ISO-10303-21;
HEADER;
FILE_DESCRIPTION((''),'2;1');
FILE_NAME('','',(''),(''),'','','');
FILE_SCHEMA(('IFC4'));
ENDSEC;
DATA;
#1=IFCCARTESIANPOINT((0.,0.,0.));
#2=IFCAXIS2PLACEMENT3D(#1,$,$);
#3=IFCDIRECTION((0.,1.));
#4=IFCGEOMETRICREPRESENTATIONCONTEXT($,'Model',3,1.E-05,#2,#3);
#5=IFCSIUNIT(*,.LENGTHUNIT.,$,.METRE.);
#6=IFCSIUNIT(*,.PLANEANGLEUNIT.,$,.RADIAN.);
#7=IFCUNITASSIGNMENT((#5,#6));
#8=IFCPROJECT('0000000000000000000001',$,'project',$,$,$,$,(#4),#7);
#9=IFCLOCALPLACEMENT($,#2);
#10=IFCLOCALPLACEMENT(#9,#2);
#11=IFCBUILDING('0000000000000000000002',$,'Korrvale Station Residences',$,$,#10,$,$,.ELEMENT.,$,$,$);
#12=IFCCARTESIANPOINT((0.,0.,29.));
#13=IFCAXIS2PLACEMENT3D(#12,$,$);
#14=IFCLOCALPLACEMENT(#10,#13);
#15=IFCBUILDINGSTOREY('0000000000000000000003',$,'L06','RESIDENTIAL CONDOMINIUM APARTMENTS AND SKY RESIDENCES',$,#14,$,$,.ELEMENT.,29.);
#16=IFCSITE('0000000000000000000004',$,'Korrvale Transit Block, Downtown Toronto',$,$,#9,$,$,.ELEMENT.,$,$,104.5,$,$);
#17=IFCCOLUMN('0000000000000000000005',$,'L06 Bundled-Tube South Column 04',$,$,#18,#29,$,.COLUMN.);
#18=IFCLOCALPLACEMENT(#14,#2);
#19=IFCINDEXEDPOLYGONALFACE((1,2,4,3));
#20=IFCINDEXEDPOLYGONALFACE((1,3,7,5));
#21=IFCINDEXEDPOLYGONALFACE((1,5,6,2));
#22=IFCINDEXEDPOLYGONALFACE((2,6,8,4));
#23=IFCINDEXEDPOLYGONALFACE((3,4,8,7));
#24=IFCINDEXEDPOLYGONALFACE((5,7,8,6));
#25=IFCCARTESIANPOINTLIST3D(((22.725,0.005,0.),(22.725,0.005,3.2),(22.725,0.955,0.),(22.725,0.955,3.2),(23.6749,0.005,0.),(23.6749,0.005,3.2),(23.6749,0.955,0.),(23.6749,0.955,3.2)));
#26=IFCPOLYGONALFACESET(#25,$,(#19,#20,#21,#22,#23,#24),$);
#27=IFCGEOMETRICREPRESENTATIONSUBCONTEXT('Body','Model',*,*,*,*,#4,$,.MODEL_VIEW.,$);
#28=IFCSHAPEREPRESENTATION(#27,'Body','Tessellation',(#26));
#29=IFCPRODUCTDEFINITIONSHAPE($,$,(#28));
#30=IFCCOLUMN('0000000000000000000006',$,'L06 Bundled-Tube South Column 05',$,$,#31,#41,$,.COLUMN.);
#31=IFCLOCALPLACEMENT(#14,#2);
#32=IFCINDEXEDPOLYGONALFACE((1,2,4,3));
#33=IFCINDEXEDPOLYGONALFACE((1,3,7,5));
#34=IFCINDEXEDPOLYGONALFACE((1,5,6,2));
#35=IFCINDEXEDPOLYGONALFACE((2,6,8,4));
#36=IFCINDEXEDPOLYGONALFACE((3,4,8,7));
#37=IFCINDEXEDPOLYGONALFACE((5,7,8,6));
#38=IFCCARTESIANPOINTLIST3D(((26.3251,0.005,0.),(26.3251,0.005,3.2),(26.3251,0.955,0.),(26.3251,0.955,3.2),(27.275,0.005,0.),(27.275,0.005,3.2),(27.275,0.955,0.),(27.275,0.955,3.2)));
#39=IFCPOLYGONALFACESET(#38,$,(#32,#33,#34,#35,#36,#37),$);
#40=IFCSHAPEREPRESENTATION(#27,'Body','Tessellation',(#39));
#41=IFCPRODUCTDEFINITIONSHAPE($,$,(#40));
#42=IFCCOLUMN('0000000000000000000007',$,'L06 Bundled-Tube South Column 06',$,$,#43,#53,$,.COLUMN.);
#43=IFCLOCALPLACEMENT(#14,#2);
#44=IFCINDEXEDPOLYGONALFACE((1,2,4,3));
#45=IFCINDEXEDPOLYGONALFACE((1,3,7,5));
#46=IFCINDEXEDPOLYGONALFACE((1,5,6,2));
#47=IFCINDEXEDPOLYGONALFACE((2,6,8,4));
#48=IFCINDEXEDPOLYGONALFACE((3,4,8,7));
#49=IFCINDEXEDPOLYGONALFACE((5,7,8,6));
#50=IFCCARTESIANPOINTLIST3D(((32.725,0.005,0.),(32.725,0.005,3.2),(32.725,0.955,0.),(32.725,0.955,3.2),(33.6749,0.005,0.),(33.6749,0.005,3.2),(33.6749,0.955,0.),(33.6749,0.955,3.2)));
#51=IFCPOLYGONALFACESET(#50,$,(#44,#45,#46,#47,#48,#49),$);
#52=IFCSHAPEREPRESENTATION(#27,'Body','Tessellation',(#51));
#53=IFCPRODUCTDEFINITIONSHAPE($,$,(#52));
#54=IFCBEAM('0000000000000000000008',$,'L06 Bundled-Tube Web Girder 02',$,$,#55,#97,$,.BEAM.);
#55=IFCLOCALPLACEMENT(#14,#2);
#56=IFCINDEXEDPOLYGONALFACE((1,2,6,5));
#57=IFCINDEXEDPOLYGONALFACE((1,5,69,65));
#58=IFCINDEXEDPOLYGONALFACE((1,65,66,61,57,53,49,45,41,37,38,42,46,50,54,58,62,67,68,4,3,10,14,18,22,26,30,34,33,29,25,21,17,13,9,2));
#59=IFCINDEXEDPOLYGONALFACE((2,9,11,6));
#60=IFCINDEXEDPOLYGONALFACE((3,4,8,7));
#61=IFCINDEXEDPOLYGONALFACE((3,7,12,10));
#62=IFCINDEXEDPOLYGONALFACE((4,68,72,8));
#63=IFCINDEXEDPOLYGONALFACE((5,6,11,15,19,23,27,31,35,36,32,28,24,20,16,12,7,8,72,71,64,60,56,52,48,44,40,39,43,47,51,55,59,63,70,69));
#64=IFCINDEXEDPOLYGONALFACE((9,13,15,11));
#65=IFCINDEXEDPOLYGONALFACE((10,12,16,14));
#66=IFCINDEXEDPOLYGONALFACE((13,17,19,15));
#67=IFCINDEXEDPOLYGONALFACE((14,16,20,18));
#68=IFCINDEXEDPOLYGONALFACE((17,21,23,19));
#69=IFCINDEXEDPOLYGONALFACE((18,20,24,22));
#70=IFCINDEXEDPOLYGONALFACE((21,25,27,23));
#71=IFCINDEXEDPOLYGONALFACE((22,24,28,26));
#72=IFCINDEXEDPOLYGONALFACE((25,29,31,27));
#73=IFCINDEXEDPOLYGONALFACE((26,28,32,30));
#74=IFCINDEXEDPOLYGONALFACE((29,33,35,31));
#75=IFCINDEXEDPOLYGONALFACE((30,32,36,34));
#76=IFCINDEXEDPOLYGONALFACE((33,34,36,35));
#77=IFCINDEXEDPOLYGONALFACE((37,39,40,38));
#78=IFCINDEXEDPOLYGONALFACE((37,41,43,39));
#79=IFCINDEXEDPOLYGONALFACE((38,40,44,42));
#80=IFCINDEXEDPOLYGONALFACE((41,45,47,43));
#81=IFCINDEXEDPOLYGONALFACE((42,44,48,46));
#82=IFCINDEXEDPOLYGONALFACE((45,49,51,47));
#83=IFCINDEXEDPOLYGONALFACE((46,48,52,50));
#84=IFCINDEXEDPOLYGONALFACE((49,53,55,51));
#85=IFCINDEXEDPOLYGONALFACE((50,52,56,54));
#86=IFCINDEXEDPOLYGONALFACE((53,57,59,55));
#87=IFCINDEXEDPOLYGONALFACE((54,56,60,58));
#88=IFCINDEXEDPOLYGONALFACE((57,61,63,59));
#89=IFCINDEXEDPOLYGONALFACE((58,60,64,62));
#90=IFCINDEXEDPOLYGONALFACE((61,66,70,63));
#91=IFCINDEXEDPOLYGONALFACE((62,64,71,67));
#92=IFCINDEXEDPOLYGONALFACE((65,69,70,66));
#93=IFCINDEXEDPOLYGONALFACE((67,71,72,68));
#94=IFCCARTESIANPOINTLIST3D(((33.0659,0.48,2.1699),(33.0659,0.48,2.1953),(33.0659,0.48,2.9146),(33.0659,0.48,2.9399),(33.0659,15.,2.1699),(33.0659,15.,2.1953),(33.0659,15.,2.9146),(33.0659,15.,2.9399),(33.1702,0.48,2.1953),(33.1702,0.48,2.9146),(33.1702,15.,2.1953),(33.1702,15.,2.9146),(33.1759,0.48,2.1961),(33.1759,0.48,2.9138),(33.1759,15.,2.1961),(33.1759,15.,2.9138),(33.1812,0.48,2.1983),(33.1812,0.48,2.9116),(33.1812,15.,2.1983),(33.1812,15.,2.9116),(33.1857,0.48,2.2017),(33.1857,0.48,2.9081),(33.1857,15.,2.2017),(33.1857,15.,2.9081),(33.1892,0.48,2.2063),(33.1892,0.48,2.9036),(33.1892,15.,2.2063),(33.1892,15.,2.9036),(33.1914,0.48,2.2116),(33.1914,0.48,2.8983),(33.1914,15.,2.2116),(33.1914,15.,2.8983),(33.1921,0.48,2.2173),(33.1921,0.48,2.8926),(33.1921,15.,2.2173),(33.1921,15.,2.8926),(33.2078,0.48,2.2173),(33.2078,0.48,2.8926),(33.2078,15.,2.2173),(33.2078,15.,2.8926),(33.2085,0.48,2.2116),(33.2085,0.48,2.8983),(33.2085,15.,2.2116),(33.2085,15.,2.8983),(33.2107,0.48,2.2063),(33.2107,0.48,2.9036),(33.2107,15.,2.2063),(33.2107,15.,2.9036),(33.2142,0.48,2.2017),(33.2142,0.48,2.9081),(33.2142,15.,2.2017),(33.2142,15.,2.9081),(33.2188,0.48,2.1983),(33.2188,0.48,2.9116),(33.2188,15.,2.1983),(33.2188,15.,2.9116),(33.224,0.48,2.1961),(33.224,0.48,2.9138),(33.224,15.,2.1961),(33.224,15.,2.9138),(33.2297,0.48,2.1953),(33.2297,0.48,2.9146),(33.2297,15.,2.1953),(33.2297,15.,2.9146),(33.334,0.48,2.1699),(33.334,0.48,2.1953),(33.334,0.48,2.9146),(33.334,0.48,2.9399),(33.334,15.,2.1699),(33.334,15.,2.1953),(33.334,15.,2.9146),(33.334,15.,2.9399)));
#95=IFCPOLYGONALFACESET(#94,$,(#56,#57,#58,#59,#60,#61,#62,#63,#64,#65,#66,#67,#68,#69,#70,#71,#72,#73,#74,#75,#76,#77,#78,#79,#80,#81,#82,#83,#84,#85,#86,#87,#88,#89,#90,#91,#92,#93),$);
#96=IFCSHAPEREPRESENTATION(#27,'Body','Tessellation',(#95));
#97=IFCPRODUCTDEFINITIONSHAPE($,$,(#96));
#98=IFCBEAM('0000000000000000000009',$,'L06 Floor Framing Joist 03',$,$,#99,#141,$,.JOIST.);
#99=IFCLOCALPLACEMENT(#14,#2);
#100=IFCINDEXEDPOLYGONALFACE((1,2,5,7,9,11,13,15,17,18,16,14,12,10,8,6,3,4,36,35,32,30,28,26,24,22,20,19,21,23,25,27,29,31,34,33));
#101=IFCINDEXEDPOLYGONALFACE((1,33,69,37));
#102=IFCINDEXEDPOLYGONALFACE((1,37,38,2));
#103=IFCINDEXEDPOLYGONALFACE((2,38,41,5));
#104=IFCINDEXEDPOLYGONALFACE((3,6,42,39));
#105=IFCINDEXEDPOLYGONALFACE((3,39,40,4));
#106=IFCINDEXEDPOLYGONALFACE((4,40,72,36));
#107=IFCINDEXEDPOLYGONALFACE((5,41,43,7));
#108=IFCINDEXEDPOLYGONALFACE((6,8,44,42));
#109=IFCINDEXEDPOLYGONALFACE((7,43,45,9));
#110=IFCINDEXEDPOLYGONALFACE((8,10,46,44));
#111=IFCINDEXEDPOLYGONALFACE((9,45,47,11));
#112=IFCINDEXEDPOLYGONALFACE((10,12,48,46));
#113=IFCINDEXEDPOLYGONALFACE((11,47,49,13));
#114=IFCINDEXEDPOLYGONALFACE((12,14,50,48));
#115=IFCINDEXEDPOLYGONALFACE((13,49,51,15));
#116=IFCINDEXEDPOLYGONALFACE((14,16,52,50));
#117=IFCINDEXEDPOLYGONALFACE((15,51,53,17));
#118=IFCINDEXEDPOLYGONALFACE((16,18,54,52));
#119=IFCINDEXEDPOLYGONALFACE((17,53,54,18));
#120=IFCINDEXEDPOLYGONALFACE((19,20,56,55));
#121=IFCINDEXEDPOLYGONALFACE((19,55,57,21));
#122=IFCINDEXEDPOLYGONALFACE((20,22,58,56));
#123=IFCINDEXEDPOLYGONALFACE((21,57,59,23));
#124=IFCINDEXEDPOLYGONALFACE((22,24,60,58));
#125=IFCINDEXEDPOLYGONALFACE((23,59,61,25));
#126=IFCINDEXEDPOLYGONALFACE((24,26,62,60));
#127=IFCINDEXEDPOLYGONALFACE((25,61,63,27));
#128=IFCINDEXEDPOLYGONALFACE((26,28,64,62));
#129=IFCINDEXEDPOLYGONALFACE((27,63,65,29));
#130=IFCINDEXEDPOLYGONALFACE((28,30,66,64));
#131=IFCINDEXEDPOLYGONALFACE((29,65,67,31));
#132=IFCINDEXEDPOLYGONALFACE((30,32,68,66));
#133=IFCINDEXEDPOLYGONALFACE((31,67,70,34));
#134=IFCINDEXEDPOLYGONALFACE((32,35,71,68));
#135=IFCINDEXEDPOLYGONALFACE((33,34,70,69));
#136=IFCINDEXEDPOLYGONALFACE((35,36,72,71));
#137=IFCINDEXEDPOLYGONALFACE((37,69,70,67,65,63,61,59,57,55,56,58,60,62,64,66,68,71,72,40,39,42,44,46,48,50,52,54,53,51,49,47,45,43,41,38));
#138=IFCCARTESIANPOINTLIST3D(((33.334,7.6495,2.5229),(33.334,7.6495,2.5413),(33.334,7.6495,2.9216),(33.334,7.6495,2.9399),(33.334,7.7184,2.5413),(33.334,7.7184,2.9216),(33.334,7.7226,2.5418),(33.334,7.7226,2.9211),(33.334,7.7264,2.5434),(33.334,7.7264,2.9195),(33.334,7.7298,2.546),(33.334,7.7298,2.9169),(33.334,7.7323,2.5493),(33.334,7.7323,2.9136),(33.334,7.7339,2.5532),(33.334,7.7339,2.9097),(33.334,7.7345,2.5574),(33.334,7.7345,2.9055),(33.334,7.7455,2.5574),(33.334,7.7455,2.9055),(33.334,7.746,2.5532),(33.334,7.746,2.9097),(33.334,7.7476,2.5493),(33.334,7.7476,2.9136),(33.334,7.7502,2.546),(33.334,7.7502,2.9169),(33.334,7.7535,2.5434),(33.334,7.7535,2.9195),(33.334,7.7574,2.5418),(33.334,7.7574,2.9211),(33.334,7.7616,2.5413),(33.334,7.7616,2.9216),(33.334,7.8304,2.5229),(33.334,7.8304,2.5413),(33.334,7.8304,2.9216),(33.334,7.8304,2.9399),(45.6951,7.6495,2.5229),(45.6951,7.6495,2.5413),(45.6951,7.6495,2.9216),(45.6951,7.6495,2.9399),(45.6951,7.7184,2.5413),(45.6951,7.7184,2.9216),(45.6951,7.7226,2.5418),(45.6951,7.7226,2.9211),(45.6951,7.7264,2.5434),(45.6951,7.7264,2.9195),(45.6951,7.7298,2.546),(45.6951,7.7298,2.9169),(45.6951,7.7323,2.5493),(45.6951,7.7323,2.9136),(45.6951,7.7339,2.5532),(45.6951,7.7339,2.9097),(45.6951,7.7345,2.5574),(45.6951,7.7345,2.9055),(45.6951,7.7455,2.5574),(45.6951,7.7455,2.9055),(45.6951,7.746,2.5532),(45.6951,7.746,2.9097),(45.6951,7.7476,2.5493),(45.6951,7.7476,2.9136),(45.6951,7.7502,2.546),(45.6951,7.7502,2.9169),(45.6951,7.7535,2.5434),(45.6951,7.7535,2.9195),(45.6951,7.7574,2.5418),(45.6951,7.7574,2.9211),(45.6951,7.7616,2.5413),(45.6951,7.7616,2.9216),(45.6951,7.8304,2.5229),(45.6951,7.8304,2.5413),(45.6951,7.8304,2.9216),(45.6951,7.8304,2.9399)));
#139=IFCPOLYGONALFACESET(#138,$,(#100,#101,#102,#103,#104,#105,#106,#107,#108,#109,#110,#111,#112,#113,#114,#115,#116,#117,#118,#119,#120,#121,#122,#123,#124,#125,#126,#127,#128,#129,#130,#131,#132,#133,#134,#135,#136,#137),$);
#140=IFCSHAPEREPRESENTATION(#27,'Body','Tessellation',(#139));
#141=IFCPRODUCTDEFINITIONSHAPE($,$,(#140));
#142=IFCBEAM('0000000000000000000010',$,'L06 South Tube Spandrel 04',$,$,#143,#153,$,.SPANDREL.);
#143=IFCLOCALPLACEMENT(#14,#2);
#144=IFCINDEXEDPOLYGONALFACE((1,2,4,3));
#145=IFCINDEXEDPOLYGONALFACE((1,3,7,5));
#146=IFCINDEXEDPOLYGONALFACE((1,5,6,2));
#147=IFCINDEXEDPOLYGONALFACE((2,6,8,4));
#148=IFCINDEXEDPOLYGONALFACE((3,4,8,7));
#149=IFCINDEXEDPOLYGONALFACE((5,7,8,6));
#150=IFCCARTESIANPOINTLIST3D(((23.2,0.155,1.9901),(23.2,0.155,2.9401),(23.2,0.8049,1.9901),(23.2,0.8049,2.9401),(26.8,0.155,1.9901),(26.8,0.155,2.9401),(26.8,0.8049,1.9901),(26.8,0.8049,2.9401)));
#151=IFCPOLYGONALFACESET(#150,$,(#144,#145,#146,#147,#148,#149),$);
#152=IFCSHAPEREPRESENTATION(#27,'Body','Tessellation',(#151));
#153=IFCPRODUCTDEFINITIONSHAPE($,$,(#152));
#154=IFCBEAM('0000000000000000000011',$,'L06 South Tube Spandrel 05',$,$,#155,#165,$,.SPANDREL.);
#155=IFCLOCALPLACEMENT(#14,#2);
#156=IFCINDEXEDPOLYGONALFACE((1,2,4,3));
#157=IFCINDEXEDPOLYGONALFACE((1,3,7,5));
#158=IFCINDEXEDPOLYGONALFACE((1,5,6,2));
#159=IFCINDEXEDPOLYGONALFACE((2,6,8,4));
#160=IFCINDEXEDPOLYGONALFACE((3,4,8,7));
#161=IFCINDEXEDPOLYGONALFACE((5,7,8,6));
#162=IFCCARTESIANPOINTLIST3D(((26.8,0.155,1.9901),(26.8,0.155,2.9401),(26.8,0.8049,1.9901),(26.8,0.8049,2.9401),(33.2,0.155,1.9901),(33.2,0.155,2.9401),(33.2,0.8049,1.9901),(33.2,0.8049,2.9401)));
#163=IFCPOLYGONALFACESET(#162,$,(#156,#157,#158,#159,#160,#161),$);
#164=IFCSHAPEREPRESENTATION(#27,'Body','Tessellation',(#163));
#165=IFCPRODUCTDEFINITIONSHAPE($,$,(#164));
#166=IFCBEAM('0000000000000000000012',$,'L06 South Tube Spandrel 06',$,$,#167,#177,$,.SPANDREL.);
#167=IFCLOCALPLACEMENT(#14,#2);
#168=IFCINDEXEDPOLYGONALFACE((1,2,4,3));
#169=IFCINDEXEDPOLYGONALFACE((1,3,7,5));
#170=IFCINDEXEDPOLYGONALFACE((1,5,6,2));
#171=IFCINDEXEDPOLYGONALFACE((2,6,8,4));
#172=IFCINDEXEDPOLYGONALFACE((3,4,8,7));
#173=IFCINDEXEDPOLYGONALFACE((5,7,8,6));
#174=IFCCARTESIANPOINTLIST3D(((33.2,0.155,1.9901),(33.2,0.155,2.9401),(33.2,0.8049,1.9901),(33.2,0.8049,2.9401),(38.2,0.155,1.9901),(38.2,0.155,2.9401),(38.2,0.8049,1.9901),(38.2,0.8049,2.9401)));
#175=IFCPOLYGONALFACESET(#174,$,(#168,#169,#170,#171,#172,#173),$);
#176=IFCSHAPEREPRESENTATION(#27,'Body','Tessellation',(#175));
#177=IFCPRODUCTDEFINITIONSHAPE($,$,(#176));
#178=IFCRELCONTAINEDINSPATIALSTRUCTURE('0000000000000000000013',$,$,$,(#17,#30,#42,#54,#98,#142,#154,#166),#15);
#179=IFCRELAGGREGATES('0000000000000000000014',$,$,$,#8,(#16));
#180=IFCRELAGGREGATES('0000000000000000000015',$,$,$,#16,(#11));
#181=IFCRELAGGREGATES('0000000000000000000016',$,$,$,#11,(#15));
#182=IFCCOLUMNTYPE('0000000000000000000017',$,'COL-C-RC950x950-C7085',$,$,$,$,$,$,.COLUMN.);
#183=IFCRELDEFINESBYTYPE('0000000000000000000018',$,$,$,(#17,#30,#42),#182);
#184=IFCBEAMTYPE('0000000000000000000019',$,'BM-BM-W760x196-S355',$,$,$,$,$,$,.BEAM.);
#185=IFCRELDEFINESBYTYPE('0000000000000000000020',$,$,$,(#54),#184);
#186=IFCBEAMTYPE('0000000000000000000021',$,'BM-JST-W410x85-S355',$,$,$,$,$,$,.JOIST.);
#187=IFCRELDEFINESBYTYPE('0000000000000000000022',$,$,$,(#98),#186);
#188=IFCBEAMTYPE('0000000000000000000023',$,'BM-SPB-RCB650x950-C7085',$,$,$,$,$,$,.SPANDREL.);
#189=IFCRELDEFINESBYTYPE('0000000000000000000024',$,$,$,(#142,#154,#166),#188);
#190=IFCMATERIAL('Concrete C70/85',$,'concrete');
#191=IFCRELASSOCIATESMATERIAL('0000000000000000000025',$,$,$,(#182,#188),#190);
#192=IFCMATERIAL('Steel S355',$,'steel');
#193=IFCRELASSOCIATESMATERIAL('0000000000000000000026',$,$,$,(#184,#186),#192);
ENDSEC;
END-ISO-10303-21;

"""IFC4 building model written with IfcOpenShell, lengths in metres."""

from ifc_helpers import new_model, si_unit, direction, frame, origin, origin_2d, place, context, subcontext, project, spatial, rectangle, i_section, extrude, material, material_profile, profile_set, type_object, element, save


model = new_model("IFC4")

# Units and contexts
model_context = context("Model", 3, precision=1e-05, world=origin(), true_north=direction((0.0, 1.0)))
body_context = subcontext(model_context, "Body", "Model", "MODEL_VIEW")
ifc_project = project(units=[si_unit("LENGTHUNIT", "METRE"), si_unit("PLANEANGLEUNIT", "RADIAN")], contexts=[model_context])

# Site, building, storey
site_placement = place(None, origin())
site = spatial("IfcSite", under=ifc_project, at=site_placement, Name="Korrvale Transit Block, Downtown Toronto", CompositionType="ELEMENT", RefElevation=104.5)
building_placement = place(site_placement, origin())
building = spatial("IfcBuilding", under=site, at=building_placement, Name="Korrvale Station Residences", CompositionType="ELEMENT")
storey_placement = place(building_placement, frame((0.0, 0.0, 29.0)))
storey = spatial("IfcBuildingStorey", under=building, at=storey_placement, Name="L06", Description="RESIDENTIAL CONDOMINIUM APARTMENTS AND SKY RESIDENCES", CompositionType="ELEMENT", Elevation=29.0)

# Columns
ifc_material_1 = material(Name="Concrete C70/85", Category="concrete")
ifc_material_profile_1 = material_profile(ifc_material_1, rectangle(XDim=0.95, YDim=0.95, at=origin_2d()), Name="RC950x950")
ifc_profile_set_1 = profile_set([ifc_material_profile_1], Name="Concrete C70/85")
column_type = type_object("IfcColumnType", Name="COL-C-RC950x950-C7085", PredefinedType="COLUMN", material=ifc_profile_set_1)
for number, where, z_axis, x_axis, name in (
    (1, (23.2, 0.48, 0.0), (0.0, 0.0, 1.0), (1.0, 0.0, 0.0), "L06 Bundled-Tube South Column 04"),
    (2, (26.8, 0.48, 0.0), (0.0, 0.0, 1.0), (1.0, 0.0, 0.0), "L06 Bundled-Tube South Column 05"),
    (3, (33.2, 0.48, 0.0), (0.0, 0.0, 1.0), (1.0, 0.0, 0.0), "L06 Bundled-Tube South Column 06"),
):
    element("IfcColumn", number, at=place(storey_placement, frame(where, z_axis=z_axis, x_axis=x_axis)), inside=storey, type_object=column_type, Name=name, PredefinedType="COLUMN", context=body_context, shape_type="SweptSolid", body=[
        extrude(rectangle(XDim=0.95, YDim=0.95, at=origin_2d()), origin(), (0.0, 0.0, 1.0), 3.2),
    ])

# Beams
ifc_material_2 = material(Name="Steel S355", Category="steel")
ifc_material_profile_2 = material_profile(ifc_material_2, i_section(OverallWidth=0.2681, OverallDepth=0.77, WebThickness=0.0156, FlangeThickness=0.0254, FilletRadius=0.022, at=origin_2d()), Name="W760x196")
ifc_profile_set_2 = profile_set([ifc_material_profile_2], Name="Steel S355")
beam_type_1 = type_object("IfcBeamType", Name="BM-BM-W760x196-S355", PredefinedType="BEAM", material=ifc_profile_set_2)
beam_1_placement = place(storey_placement, frame((33.2, 0.48, 2.5549), z_axis=(0.0, 1.0, 0.0), x_axis=(-1.0, 0.0, 0.0)))
element("IfcBeam", 4, at=beam_1_placement, inside=storey, type_object=beam_type_1, Name="L06 Bundled-Tube Web Girder 02", PredefinedType="BEAM", context=body_context, shape_type="SweptSolid", body=[
    extrude(i_section(OverallWidth=0.2681, OverallDepth=0.77, WebThickness=0.0156, FlangeThickness=0.0254, FilletRadius=0.022, at=origin_2d()), origin(), (0.0, 0.0, 1.0), 14.52),
])
ifc_material_profile_3 = material_profile(ifc_material_2, i_section(OverallWidth=0.1809, OverallDepth=0.417, WebThickness=0.011, FlangeThickness=0.0183, FilletRadius=0.0161, at=origin_2d()), Name="W410x85")
ifc_profile_set_3 = profile_set([ifc_material_profile_3], Name="Steel S355")
beam_type_2 = type_object("IfcBeamType", Name="BM-JST-W410x85-S355", PredefinedType="JOIST", material=ifc_profile_set_3)
beam_2_placement = place(storey_placement, frame((33.334, 7.74, 2.7314), z_axis=(1.0, 0.0, 0.0), x_axis=(0.0, 1.0, 0.0)))
element("IfcBeam", 5, at=beam_2_placement, inside=storey, type_object=beam_type_2, Name="L06 Floor Framing Joist 03", PredefinedType="JOIST", context=body_context, shape_type="SweptSolid", body=[
    extrude(i_section(OverallWidth=0.1809, OverallDepth=0.417, WebThickness=0.011, FlangeThickness=0.0183, FilletRadius=0.0161, at=origin_2d()), origin(), (0.0, 0.0, 1.0), 12.3611),
])
ifc_material_profile_4 = material_profile(ifc_material_1, rectangle(XDim=0.6499, YDim=0.95, at=origin_2d()), Name="RCB650x950")
ifc_profile_set_4 = profile_set([ifc_material_profile_4], Name="Concrete C70/85")
beam_type_3 = type_object("IfcBeamType", Name="BM-SPB-RCB650x950-C7085", PredefinedType="SPANDREL", material=ifc_profile_set_4)
beam_3_placement = place(storey_placement, frame((23.2, 0.48, 2.4651), z_axis=(1.0, 0.0, 0.0), x_axis=(0.0, 1.0, 0.0)))
element("IfcBeam", 6, at=beam_3_placement, inside=storey, type_object=beam_type_3, Name="L06 South Tube Spandrel 04", PredefinedType="SPANDREL", context=body_context, shape_type="SweptSolid", body=[
    extrude(rectangle(XDim=0.6499, YDim=0.95, at=origin_2d()), origin(), (0.0, 0.0, 1.0), 3.6001),
])
beam_4_placement = place(storey_placement, frame((26.8, 0.48, 2.4651), z_axis=(1.0, 0.0, 0.0), x_axis=(0.0, 1.0, 0.0)))
element("IfcBeam", 7, at=beam_4_placement, inside=storey, type_object=beam_type_3, Name="L06 South Tube Spandrel 05", PredefinedType="SPANDREL", context=body_context, shape_type="SweptSolid", body=[
    extrude(rectangle(XDim=0.6499, YDim=0.95, at=origin_2d()), origin(), (0.0, 0.0, 1.0), 6.3999),
])
beam_5_placement = place(storey_placement, frame((33.2, 0.48, 2.4651), z_axis=(1.0, 0.0, 0.0), x_axis=(0.0, 1.0, 0.0)))
element("IfcBeam", 8, at=beam_5_placement, inside=storey, type_object=beam_type_3, Name="L06 South Tube Spandrel 06", PredefinedType="SPANDREL", context=body_context, shape_type="SweptSolid", body=[
    extrude(rectangle(XDim=0.6499, YDim=0.95, at=origin_2d()), origin(), (0.0, 0.0, 1.0), 5.0),
])

save(model, "model.ifc")
